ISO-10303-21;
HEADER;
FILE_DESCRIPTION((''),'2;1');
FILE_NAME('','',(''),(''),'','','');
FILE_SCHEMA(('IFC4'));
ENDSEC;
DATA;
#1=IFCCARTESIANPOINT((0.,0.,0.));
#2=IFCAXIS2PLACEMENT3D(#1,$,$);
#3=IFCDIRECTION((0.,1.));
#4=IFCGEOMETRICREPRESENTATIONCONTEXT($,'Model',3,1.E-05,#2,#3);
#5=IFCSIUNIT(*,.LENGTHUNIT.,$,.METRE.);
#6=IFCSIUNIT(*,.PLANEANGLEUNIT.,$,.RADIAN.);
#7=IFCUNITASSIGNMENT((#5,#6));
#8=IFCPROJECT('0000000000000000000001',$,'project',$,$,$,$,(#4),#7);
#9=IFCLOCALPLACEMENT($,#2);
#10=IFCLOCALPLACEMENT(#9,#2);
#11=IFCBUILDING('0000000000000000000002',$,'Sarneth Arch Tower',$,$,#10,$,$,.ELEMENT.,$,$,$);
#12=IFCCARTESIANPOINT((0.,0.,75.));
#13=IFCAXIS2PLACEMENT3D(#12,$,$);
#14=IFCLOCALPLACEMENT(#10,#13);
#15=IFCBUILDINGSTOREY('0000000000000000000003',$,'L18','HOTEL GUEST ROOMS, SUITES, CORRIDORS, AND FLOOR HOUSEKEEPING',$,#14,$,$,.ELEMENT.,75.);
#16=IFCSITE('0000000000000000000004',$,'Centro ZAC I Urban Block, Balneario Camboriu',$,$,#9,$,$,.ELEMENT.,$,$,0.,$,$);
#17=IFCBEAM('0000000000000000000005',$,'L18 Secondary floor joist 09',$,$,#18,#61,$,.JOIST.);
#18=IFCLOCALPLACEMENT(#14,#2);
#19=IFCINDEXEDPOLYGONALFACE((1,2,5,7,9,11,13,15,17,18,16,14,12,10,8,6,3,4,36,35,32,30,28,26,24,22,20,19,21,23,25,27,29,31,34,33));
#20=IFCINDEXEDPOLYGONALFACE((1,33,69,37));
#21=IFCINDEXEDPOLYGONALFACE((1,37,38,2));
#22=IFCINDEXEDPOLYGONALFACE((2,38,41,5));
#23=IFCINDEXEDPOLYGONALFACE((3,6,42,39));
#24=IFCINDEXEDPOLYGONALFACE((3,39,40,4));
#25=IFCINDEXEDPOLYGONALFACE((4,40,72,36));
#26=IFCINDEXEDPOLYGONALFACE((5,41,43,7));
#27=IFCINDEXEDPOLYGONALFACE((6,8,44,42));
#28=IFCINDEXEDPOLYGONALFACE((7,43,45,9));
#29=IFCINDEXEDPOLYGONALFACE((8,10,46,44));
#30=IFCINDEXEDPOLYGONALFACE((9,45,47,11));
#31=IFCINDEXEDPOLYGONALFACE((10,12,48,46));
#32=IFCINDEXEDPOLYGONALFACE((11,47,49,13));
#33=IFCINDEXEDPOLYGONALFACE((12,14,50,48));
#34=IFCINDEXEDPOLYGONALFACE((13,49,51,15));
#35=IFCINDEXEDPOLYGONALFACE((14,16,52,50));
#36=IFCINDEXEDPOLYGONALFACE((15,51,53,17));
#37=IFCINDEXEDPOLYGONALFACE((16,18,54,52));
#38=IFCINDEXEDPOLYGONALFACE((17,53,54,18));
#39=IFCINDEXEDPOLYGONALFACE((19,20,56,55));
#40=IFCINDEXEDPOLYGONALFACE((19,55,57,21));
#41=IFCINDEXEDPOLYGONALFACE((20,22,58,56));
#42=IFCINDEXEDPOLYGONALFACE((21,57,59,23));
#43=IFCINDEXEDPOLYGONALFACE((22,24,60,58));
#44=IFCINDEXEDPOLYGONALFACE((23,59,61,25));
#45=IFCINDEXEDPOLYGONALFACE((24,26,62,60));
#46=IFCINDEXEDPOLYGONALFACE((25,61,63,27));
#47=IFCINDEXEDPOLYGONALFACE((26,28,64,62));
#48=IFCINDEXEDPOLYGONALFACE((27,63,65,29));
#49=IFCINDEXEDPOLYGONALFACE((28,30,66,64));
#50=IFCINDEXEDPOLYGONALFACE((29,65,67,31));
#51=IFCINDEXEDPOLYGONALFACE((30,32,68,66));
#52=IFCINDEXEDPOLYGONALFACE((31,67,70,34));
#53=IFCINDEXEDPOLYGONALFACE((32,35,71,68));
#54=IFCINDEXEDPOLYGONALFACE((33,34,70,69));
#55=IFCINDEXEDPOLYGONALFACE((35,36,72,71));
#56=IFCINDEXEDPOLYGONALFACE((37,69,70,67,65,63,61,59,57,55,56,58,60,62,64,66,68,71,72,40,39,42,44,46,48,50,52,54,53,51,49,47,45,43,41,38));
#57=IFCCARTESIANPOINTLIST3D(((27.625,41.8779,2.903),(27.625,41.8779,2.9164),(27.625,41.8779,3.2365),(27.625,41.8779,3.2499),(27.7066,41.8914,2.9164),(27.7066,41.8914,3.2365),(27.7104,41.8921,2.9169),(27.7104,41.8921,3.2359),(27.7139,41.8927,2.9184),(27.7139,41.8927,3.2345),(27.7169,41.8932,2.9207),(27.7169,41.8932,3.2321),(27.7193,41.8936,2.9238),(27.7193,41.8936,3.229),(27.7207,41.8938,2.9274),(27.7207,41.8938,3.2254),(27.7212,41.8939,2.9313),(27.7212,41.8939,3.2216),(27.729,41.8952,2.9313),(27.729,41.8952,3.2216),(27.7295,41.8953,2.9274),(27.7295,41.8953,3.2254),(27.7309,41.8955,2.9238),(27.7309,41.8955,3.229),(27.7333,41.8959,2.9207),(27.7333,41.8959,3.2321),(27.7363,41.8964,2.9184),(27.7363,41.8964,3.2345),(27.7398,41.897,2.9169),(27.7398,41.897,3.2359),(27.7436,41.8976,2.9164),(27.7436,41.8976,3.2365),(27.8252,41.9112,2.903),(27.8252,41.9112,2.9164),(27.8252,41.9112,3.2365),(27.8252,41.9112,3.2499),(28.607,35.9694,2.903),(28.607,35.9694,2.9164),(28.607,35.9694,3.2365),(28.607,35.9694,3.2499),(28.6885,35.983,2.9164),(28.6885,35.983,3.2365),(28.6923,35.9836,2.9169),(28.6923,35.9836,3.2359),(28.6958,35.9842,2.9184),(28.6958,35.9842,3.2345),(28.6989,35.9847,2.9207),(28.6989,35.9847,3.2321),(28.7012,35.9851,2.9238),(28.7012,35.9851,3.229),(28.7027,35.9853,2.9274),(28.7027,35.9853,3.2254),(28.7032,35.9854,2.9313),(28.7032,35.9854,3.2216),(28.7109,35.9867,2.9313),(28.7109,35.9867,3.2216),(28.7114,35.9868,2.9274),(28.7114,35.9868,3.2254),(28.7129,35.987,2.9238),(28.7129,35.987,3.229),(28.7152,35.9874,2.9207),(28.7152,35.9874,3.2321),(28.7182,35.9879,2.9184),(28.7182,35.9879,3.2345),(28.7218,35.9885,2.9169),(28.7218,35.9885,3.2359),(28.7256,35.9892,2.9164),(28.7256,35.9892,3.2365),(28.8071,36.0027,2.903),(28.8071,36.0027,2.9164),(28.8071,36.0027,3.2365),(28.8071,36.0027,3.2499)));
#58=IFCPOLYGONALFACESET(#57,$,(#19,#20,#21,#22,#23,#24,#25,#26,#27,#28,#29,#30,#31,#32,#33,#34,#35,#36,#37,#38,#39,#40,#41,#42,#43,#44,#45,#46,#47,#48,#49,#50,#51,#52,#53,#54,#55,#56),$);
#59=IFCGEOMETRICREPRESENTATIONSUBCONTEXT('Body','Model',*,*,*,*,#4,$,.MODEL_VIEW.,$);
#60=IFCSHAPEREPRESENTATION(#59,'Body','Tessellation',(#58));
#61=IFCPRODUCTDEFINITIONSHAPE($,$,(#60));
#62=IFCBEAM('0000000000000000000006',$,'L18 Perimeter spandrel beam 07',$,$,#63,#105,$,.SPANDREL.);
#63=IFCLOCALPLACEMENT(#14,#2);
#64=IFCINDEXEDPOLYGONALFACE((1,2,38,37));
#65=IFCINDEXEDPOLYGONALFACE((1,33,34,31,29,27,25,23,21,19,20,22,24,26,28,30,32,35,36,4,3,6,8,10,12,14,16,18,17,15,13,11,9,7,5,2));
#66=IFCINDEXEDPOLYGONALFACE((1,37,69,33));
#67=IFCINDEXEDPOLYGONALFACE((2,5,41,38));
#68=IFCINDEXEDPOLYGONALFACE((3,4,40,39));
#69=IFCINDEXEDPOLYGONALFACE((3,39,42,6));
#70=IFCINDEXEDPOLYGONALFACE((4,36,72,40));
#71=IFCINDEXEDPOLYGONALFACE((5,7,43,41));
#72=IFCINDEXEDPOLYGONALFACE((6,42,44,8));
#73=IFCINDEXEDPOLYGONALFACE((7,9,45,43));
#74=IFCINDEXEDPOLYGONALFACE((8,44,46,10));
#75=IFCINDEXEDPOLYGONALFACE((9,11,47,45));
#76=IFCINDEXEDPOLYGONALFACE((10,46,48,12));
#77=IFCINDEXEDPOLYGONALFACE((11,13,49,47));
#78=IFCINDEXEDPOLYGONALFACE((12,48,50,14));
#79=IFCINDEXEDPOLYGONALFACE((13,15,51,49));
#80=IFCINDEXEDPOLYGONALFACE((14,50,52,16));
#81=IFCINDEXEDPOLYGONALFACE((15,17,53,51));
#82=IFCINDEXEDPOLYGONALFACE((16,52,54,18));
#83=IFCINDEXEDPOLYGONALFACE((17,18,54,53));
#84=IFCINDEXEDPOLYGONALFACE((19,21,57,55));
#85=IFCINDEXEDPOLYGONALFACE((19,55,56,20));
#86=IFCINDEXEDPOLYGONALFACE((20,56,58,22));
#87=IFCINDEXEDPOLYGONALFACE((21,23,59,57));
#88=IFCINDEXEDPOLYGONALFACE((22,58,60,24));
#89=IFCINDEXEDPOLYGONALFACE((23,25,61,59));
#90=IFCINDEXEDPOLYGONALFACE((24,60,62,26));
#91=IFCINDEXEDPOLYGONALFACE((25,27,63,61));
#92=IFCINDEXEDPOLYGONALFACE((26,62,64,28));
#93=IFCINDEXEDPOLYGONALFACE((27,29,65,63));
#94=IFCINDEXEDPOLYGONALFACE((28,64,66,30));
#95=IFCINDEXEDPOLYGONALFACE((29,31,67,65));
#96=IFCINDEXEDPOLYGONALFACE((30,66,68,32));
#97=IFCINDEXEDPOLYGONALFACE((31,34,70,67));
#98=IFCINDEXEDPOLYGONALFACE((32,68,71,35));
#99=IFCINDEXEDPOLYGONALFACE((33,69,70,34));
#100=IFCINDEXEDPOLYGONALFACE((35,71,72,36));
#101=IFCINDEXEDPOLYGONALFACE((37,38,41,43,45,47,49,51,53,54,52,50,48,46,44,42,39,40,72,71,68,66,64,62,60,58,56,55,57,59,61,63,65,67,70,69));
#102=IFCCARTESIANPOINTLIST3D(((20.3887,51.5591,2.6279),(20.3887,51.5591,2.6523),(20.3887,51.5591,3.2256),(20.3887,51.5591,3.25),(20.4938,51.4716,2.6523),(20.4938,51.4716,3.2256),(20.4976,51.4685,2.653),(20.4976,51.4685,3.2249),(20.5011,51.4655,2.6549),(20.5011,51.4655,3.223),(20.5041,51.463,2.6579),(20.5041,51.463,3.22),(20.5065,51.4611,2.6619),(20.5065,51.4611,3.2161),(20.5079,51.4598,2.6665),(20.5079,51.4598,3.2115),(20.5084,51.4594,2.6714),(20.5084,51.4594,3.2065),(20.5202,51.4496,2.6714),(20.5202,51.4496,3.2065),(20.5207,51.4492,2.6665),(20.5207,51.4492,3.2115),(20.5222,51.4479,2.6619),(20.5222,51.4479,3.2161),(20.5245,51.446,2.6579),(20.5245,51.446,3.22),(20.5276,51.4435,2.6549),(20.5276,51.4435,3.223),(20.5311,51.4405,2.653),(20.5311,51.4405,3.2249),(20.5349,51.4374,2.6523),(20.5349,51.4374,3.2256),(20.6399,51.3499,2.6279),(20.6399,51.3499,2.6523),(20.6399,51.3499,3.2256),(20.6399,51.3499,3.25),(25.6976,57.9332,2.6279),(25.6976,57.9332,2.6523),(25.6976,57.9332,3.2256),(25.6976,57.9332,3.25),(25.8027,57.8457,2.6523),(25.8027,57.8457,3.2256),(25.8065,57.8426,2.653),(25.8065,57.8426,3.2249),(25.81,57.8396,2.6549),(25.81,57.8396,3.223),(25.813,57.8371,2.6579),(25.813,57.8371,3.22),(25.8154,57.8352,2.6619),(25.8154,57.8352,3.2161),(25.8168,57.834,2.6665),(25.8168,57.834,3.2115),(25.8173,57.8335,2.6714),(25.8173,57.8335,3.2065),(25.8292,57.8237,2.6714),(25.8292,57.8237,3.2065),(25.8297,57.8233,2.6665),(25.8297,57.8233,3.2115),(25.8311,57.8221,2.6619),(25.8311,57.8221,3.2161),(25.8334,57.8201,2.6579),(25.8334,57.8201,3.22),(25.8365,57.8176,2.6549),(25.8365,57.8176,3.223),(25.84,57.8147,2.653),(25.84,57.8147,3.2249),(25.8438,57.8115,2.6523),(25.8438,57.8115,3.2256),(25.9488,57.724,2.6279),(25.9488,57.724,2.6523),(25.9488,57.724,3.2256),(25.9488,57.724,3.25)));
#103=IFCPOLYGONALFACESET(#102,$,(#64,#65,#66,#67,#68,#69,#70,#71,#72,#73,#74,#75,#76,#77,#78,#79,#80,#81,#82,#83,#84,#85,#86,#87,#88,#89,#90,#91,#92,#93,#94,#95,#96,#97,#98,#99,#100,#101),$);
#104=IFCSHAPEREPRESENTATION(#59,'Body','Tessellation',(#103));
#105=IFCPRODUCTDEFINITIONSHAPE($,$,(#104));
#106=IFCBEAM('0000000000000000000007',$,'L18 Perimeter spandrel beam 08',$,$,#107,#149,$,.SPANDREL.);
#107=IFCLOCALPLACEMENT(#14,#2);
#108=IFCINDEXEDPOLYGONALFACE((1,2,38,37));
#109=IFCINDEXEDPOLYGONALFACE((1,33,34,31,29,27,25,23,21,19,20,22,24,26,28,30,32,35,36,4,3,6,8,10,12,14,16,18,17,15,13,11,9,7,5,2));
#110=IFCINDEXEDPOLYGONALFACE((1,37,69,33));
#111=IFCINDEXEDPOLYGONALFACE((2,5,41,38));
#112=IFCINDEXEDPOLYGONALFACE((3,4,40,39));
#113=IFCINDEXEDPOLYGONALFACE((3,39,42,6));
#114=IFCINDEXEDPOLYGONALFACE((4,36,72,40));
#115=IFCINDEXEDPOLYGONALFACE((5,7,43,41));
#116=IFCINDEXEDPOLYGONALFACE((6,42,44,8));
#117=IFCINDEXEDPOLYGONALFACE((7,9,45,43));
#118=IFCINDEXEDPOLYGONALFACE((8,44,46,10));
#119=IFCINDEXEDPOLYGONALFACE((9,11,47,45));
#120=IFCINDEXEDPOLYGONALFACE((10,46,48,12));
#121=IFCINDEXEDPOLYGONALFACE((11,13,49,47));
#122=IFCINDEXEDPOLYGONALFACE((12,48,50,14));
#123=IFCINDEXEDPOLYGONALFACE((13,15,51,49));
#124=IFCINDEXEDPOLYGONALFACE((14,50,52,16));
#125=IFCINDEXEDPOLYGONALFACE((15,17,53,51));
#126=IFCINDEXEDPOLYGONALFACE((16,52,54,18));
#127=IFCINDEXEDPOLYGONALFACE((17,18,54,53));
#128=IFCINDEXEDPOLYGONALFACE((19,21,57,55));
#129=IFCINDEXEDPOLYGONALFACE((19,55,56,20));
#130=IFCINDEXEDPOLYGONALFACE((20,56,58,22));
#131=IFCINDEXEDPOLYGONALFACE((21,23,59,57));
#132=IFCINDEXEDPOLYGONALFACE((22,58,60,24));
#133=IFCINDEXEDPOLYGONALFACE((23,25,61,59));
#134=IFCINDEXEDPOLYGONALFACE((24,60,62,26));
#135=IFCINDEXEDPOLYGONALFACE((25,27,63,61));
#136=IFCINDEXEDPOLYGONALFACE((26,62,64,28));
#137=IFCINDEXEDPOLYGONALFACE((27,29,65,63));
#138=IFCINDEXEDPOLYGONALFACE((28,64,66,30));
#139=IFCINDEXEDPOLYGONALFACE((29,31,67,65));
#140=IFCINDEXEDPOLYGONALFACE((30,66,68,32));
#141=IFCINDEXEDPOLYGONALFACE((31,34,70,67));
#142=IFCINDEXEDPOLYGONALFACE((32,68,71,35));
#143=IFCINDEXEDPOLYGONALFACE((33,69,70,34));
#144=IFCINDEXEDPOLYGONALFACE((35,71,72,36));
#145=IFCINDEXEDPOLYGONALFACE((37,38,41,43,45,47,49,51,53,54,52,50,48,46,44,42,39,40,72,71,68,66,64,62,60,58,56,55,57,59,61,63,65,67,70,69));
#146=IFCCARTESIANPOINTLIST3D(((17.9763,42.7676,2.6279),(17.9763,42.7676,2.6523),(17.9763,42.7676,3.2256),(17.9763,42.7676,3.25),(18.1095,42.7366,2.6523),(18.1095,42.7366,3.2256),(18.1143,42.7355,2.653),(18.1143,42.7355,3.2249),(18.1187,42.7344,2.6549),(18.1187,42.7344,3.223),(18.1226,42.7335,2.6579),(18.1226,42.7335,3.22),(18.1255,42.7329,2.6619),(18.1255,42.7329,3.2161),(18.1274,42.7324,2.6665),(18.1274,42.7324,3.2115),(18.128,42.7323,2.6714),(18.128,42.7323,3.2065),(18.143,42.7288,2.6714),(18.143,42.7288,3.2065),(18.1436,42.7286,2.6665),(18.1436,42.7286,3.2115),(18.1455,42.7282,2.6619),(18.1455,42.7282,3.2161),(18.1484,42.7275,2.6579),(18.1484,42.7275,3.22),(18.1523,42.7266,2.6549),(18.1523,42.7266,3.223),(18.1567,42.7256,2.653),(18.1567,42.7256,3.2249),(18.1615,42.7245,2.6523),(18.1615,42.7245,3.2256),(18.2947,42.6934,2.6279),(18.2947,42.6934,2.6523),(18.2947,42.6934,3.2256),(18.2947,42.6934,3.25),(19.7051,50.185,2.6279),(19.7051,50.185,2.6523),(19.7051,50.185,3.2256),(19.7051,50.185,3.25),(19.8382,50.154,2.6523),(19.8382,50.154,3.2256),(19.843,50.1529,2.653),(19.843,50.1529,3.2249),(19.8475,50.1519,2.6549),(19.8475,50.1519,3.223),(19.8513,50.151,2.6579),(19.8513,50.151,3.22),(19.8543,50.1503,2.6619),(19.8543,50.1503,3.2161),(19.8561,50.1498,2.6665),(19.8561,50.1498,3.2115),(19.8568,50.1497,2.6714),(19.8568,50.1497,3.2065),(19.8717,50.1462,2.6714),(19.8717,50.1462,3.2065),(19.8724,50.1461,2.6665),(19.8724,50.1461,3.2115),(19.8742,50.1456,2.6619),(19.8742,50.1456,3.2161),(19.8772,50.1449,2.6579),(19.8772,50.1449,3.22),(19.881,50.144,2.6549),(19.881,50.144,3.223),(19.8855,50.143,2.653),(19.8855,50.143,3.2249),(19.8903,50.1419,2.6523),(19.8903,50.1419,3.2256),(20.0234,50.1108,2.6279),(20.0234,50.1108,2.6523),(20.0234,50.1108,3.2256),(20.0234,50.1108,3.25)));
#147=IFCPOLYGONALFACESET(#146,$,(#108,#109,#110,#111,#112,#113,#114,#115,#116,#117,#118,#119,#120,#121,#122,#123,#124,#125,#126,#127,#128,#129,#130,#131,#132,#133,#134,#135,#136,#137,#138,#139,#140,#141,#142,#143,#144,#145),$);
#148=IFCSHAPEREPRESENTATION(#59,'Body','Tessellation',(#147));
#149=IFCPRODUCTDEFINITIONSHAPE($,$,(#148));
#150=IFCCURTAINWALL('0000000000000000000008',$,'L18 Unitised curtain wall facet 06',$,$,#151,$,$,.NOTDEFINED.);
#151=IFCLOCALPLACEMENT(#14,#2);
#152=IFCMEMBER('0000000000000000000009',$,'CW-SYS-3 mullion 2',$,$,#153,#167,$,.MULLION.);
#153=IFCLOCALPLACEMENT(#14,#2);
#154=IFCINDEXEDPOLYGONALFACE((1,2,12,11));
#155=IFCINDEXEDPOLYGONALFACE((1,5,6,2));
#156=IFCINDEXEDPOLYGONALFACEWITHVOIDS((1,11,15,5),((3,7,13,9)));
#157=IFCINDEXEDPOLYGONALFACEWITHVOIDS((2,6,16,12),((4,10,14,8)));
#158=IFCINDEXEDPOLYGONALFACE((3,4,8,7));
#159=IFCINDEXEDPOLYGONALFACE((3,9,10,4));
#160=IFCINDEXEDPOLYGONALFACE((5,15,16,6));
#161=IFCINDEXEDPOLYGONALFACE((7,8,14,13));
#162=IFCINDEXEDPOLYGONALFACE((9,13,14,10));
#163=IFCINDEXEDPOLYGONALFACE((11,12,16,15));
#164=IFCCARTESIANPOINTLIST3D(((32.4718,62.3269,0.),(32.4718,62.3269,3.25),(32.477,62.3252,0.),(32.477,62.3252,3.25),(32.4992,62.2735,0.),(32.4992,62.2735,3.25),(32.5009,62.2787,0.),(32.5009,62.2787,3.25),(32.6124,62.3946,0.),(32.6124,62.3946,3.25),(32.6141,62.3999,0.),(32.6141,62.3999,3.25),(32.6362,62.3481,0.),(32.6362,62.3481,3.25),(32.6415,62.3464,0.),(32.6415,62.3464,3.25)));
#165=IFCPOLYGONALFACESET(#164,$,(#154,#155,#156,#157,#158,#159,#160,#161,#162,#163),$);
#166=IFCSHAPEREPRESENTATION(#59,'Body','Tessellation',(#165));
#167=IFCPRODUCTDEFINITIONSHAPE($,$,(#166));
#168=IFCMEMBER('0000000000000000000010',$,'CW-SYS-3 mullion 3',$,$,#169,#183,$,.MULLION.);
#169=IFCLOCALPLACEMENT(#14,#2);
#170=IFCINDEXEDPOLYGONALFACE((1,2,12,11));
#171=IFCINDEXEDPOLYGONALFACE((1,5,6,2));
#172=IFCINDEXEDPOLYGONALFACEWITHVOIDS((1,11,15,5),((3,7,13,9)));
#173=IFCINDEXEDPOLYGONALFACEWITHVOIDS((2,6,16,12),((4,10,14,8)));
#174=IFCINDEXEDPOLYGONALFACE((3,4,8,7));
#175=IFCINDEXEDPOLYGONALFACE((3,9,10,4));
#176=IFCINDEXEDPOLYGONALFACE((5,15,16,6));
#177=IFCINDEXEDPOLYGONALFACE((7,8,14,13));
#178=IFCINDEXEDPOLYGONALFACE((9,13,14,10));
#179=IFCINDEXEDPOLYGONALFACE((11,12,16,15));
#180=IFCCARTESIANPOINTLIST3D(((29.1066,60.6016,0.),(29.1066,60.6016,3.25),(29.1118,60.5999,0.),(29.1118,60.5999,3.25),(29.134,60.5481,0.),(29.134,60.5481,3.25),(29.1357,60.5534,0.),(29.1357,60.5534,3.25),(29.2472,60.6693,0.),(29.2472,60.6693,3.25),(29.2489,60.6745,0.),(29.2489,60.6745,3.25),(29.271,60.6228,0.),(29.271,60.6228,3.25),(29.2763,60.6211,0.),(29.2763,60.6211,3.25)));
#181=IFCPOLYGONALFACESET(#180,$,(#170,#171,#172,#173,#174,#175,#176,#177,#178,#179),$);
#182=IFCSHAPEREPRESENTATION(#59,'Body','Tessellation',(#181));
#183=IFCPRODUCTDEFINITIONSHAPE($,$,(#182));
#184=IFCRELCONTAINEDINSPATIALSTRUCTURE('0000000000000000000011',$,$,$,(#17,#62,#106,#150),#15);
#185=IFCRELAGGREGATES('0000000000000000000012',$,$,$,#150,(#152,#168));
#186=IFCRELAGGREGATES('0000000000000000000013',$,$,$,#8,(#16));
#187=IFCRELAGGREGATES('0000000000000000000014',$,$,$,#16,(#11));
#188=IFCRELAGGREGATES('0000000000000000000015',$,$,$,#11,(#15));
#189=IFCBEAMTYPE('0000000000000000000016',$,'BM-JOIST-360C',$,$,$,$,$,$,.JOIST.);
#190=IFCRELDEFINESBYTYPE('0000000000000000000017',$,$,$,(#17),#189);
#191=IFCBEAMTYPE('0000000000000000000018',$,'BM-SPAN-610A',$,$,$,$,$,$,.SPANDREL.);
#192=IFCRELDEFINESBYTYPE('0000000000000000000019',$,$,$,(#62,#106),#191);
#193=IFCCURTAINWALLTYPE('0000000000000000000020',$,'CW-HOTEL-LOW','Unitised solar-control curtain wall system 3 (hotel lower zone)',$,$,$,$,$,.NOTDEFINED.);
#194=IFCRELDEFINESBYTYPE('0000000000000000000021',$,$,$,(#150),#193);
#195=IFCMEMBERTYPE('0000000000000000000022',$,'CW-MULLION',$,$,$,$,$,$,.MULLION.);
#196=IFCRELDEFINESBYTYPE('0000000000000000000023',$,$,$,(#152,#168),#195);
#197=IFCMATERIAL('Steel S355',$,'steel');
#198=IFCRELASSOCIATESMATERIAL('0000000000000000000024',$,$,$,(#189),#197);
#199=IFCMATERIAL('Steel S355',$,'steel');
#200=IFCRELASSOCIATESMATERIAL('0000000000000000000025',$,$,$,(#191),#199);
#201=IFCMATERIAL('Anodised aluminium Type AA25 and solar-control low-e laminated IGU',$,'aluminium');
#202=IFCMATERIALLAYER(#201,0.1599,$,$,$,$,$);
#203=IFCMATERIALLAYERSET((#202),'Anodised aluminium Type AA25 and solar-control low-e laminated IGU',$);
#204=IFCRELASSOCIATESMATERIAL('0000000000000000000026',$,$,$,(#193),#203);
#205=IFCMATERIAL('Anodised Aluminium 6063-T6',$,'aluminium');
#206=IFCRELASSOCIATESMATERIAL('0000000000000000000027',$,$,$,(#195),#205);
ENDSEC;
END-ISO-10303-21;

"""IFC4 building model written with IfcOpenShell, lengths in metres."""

from ifc_helpers import new_model, si_unit, direction, frame, origin, origin_2d, place, context, subcontext, project, spatial, hollow_rectangle, i_section, extrude, material, layer, layer_set, material_profile, profile_set, type_object, element, aggregate, save


model = new_model("IFC4")

# Units and contexts
model_context = context("Model", 3, precision=1e-05, world=origin(), true_north=direction((0.0, 1.0)))
body_context = subcontext(model_context, "Body", "Model", "MODEL_VIEW")
ifc_project = project(units=[si_unit("LENGTHUNIT", "METRE"), si_unit("PLANEANGLEUNIT", "RADIAN")], contexts=[model_context])

# Site, building, storey
site_placement = place(None, origin())
site = spatial("IfcSite", under=ifc_project, at=site_placement, Name="Centro ZAC I Urban Block, Balneario Camboriu", CompositionType="ELEMENT", RefElevation=0.0)
building_placement = place(site_placement, origin())
building = spatial("IfcBuilding", under=site, at=building_placement, Name="Sarneth Arch Tower", CompositionType="ELEMENT")
storey_placement = place(building_placement, frame((0.0, 0.0, 75.0)))
storey = spatial("IfcBuildingStorey", under=building, at=storey_placement, Name="L18", Description="HOTEL GUEST ROOMS, SUITES, CORRIDORS, AND FLOOR HOUSEKEEPING", CompositionType="ELEMENT", Elevation=75.0)

# Beams
ifc_material_1 = material(Name="Steel S355", Category="steel")
ifc_material_profile_1 = material_profile(ifc_material_1, i_section(OverallWidth=0.2029, OverallDepth=0.3469, WebThickness=0.0078, FlangeThickness=0.0134, FilletRadius=0.0149, at=origin_2d()), Name="W360x64")
ifc_profile_set_1 = profile_set([ifc_material_profile_1], Name="Steel S355")
beam_type_1 = type_object("IfcBeamType", Name="BM-JOIST-360C", PredefinedType="JOIST", material=ifc_profile_set_1)
for number, where, z_axis, x_axis, name in (
    (1, (27.7251, 41.8945, 3.0764), (0.163943, -0.98647, 0.0), (0.98647, 0.163943, 0.0), "L18 Secondary floor joist 09"),
):
    element("IfcBeam", number, at=place(storey_placement, frame(where, z_axis=z_axis, x_axis=x_axis)), inside=storey, type_object=beam_type_1, Name=name, PredefinedType="JOIST", context=body_context, shape_type="SweptSolid", body=[
        extrude(i_section(OverallWidth=0.2029, OverallDepth=0.3469, WebThickness=0.0078, FlangeThickness=0.0134, FilletRadius=0.0149, at=origin_2d()), origin(), (0.0, 0.0, 1.0), 5.9895),
    ])
ifc_material_2 = material(Name="Steel S355", Category="steel")
ifc_material_profile_2 = material_profile(ifc_material_2, i_section(OverallWidth=0.3269, OverallDepth=0.6221, WebThickness=0.0154, FlangeThickness=0.0244, FilletRadius=0.019, at=origin_2d()), Name="W610x195")
ifc_profile_set_2 = profile_set([ifc_material_profile_2], Name="Steel S355")
beam_type_2 = type_object("IfcBeamType", Name="BM-SPAN-610A", PredefinedType="SPANDREL", material=ifc_profile_set_2)
beam_1_placement = place(storey_placement, frame((25.8232, 57.8286, 2.939), z_axis=(-0.639982, -0.76839, 0.0), x_axis=(0.76839, -0.639982, 0.0)))
element("IfcBeam", 2, at=beam_1_placement, inside=storey, type_object=beam_type_2, Name="L18 Perimeter spandrel beam 07", PredefinedType="SPANDREL", context=body_context, shape_type="SweptSolid", body=[
    extrude(i_section(OverallWidth=0.3269, OverallDepth=0.6221, WebThickness=0.0154, FlangeThickness=0.0244, FilletRadius=0.019, at=origin_2d()), origin(), (0.0, 0.0, 1.0), 8.2954),
])
beam_2_placement = place(storey_placement, frame((19.8643, 50.1479, 2.939), z_axis=(-0.226982, -0.973899, 0.0), x_axis=(0.973899, -0.226982, 0.0)))
element("IfcBeam", 3, at=beam_2_placement, inside=storey, type_object=beam_type_2, Name="L18 Perimeter spandrel beam 08", PredefinedType="SPANDREL", context=body_context, shape_type="SweptSolid", body=[
    extrude(i_section(OverallWidth=0.3269, OverallDepth=0.6221, WebThickness=0.0154, FlangeThickness=0.0244, FilletRadius=0.019, at=origin_2d()), origin(), (0.0, 0.0, 1.0), 7.6162),
])

# Curtain wall, members
ifc_material_3 = material(Name="Anodised aluminium Type AA25 and solar-control low-e laminated IGU", Category="aluminium")
ifc_layer_1 = layer(ifc_material_3, 0.1599)
ifc_layer_set_1 = layer_set([ifc_layer_1], Name="Anodised aluminium Type AA25 and solar-control low-e laminated IGU")
curtain_wall_type = type_object("IfcCurtainWallType", Name="CW-HOTEL-LOW", Description="Unitised solar-control curtain wall system 3 (hotel lower zone)", PredefinedType="NOTDEFINED", material=ifc_layer_set_1)
curtain_wall_placement = place(storey_placement, origin())
curtain_wall = element("IfcCurtainWall", 4, at=curtain_wall_placement, inside=storey, type_object=curtain_wall_type, Name="L18 Unitised curtain wall facet 06", PredefinedType="NOTDEFINED")
ifc_material_4 = material(Name="Anodised Aluminium 6063-T6", Category="aluminium")
ifc_material_profile_3 = material_profile(ifc_material_4, hollow_rectangle(XDim=0.0601, YDim=0.1599, WallThickness=0.0039, at=origin_2d()), Name="AL-MULL-160x60x4")
ifc_profile_set_3 = profile_set([ifc_material_profile_3], Name="Anodised Aluminium 6063-T6")
member_type_1 = type_object("IfcMemberType", Name="CW-MULLION", PredefinedType="MULLION", material=ifc_profile_set_3)
member_1_placement = place(storey_placement, frame((32.5566, 62.3367, 0.0), z_axis=(0.0, 0.0, 1.0), x_axis=(0.456245, -0.889854, 0.0)))
member_1 = element("IfcMember", 5, at=member_1_placement, type_object=member_type_1, Name="CW-SYS-3 mullion 2", PredefinedType="MULLION", context=body_context, shape_type="SweptSolid", body=[
    extrude(hollow_rectangle(XDim=0.0601, YDim=0.1599, WallThickness=0.0039, at=origin_2d()), origin(), (0.0, 0.0, 1.0), 3.25),
])
member_2_placement = place(storey_placement, frame((29.1914, 60.6113, 0.0), z_axis=(0.0, 0.0, 1.0), x_axis=(0.456245, -0.889854, 0.0)))
member_2 = element("IfcMember", 6, at=member_2_placement, type_object=member_type_1, Name="CW-SYS-3 mullion 3", PredefinedType="MULLION", context=body_context, shape_type="SweptSolid", body=[
    extrude(hollow_rectangle(XDim=0.0601, YDim=0.1599, WallThickness=0.0039, at=origin_2d()), origin(), (0.0, 0.0, 1.0), 3.25),
])

aggregate(curtain_wall, [member_1, member_2])

save(model, "model.ifc")
